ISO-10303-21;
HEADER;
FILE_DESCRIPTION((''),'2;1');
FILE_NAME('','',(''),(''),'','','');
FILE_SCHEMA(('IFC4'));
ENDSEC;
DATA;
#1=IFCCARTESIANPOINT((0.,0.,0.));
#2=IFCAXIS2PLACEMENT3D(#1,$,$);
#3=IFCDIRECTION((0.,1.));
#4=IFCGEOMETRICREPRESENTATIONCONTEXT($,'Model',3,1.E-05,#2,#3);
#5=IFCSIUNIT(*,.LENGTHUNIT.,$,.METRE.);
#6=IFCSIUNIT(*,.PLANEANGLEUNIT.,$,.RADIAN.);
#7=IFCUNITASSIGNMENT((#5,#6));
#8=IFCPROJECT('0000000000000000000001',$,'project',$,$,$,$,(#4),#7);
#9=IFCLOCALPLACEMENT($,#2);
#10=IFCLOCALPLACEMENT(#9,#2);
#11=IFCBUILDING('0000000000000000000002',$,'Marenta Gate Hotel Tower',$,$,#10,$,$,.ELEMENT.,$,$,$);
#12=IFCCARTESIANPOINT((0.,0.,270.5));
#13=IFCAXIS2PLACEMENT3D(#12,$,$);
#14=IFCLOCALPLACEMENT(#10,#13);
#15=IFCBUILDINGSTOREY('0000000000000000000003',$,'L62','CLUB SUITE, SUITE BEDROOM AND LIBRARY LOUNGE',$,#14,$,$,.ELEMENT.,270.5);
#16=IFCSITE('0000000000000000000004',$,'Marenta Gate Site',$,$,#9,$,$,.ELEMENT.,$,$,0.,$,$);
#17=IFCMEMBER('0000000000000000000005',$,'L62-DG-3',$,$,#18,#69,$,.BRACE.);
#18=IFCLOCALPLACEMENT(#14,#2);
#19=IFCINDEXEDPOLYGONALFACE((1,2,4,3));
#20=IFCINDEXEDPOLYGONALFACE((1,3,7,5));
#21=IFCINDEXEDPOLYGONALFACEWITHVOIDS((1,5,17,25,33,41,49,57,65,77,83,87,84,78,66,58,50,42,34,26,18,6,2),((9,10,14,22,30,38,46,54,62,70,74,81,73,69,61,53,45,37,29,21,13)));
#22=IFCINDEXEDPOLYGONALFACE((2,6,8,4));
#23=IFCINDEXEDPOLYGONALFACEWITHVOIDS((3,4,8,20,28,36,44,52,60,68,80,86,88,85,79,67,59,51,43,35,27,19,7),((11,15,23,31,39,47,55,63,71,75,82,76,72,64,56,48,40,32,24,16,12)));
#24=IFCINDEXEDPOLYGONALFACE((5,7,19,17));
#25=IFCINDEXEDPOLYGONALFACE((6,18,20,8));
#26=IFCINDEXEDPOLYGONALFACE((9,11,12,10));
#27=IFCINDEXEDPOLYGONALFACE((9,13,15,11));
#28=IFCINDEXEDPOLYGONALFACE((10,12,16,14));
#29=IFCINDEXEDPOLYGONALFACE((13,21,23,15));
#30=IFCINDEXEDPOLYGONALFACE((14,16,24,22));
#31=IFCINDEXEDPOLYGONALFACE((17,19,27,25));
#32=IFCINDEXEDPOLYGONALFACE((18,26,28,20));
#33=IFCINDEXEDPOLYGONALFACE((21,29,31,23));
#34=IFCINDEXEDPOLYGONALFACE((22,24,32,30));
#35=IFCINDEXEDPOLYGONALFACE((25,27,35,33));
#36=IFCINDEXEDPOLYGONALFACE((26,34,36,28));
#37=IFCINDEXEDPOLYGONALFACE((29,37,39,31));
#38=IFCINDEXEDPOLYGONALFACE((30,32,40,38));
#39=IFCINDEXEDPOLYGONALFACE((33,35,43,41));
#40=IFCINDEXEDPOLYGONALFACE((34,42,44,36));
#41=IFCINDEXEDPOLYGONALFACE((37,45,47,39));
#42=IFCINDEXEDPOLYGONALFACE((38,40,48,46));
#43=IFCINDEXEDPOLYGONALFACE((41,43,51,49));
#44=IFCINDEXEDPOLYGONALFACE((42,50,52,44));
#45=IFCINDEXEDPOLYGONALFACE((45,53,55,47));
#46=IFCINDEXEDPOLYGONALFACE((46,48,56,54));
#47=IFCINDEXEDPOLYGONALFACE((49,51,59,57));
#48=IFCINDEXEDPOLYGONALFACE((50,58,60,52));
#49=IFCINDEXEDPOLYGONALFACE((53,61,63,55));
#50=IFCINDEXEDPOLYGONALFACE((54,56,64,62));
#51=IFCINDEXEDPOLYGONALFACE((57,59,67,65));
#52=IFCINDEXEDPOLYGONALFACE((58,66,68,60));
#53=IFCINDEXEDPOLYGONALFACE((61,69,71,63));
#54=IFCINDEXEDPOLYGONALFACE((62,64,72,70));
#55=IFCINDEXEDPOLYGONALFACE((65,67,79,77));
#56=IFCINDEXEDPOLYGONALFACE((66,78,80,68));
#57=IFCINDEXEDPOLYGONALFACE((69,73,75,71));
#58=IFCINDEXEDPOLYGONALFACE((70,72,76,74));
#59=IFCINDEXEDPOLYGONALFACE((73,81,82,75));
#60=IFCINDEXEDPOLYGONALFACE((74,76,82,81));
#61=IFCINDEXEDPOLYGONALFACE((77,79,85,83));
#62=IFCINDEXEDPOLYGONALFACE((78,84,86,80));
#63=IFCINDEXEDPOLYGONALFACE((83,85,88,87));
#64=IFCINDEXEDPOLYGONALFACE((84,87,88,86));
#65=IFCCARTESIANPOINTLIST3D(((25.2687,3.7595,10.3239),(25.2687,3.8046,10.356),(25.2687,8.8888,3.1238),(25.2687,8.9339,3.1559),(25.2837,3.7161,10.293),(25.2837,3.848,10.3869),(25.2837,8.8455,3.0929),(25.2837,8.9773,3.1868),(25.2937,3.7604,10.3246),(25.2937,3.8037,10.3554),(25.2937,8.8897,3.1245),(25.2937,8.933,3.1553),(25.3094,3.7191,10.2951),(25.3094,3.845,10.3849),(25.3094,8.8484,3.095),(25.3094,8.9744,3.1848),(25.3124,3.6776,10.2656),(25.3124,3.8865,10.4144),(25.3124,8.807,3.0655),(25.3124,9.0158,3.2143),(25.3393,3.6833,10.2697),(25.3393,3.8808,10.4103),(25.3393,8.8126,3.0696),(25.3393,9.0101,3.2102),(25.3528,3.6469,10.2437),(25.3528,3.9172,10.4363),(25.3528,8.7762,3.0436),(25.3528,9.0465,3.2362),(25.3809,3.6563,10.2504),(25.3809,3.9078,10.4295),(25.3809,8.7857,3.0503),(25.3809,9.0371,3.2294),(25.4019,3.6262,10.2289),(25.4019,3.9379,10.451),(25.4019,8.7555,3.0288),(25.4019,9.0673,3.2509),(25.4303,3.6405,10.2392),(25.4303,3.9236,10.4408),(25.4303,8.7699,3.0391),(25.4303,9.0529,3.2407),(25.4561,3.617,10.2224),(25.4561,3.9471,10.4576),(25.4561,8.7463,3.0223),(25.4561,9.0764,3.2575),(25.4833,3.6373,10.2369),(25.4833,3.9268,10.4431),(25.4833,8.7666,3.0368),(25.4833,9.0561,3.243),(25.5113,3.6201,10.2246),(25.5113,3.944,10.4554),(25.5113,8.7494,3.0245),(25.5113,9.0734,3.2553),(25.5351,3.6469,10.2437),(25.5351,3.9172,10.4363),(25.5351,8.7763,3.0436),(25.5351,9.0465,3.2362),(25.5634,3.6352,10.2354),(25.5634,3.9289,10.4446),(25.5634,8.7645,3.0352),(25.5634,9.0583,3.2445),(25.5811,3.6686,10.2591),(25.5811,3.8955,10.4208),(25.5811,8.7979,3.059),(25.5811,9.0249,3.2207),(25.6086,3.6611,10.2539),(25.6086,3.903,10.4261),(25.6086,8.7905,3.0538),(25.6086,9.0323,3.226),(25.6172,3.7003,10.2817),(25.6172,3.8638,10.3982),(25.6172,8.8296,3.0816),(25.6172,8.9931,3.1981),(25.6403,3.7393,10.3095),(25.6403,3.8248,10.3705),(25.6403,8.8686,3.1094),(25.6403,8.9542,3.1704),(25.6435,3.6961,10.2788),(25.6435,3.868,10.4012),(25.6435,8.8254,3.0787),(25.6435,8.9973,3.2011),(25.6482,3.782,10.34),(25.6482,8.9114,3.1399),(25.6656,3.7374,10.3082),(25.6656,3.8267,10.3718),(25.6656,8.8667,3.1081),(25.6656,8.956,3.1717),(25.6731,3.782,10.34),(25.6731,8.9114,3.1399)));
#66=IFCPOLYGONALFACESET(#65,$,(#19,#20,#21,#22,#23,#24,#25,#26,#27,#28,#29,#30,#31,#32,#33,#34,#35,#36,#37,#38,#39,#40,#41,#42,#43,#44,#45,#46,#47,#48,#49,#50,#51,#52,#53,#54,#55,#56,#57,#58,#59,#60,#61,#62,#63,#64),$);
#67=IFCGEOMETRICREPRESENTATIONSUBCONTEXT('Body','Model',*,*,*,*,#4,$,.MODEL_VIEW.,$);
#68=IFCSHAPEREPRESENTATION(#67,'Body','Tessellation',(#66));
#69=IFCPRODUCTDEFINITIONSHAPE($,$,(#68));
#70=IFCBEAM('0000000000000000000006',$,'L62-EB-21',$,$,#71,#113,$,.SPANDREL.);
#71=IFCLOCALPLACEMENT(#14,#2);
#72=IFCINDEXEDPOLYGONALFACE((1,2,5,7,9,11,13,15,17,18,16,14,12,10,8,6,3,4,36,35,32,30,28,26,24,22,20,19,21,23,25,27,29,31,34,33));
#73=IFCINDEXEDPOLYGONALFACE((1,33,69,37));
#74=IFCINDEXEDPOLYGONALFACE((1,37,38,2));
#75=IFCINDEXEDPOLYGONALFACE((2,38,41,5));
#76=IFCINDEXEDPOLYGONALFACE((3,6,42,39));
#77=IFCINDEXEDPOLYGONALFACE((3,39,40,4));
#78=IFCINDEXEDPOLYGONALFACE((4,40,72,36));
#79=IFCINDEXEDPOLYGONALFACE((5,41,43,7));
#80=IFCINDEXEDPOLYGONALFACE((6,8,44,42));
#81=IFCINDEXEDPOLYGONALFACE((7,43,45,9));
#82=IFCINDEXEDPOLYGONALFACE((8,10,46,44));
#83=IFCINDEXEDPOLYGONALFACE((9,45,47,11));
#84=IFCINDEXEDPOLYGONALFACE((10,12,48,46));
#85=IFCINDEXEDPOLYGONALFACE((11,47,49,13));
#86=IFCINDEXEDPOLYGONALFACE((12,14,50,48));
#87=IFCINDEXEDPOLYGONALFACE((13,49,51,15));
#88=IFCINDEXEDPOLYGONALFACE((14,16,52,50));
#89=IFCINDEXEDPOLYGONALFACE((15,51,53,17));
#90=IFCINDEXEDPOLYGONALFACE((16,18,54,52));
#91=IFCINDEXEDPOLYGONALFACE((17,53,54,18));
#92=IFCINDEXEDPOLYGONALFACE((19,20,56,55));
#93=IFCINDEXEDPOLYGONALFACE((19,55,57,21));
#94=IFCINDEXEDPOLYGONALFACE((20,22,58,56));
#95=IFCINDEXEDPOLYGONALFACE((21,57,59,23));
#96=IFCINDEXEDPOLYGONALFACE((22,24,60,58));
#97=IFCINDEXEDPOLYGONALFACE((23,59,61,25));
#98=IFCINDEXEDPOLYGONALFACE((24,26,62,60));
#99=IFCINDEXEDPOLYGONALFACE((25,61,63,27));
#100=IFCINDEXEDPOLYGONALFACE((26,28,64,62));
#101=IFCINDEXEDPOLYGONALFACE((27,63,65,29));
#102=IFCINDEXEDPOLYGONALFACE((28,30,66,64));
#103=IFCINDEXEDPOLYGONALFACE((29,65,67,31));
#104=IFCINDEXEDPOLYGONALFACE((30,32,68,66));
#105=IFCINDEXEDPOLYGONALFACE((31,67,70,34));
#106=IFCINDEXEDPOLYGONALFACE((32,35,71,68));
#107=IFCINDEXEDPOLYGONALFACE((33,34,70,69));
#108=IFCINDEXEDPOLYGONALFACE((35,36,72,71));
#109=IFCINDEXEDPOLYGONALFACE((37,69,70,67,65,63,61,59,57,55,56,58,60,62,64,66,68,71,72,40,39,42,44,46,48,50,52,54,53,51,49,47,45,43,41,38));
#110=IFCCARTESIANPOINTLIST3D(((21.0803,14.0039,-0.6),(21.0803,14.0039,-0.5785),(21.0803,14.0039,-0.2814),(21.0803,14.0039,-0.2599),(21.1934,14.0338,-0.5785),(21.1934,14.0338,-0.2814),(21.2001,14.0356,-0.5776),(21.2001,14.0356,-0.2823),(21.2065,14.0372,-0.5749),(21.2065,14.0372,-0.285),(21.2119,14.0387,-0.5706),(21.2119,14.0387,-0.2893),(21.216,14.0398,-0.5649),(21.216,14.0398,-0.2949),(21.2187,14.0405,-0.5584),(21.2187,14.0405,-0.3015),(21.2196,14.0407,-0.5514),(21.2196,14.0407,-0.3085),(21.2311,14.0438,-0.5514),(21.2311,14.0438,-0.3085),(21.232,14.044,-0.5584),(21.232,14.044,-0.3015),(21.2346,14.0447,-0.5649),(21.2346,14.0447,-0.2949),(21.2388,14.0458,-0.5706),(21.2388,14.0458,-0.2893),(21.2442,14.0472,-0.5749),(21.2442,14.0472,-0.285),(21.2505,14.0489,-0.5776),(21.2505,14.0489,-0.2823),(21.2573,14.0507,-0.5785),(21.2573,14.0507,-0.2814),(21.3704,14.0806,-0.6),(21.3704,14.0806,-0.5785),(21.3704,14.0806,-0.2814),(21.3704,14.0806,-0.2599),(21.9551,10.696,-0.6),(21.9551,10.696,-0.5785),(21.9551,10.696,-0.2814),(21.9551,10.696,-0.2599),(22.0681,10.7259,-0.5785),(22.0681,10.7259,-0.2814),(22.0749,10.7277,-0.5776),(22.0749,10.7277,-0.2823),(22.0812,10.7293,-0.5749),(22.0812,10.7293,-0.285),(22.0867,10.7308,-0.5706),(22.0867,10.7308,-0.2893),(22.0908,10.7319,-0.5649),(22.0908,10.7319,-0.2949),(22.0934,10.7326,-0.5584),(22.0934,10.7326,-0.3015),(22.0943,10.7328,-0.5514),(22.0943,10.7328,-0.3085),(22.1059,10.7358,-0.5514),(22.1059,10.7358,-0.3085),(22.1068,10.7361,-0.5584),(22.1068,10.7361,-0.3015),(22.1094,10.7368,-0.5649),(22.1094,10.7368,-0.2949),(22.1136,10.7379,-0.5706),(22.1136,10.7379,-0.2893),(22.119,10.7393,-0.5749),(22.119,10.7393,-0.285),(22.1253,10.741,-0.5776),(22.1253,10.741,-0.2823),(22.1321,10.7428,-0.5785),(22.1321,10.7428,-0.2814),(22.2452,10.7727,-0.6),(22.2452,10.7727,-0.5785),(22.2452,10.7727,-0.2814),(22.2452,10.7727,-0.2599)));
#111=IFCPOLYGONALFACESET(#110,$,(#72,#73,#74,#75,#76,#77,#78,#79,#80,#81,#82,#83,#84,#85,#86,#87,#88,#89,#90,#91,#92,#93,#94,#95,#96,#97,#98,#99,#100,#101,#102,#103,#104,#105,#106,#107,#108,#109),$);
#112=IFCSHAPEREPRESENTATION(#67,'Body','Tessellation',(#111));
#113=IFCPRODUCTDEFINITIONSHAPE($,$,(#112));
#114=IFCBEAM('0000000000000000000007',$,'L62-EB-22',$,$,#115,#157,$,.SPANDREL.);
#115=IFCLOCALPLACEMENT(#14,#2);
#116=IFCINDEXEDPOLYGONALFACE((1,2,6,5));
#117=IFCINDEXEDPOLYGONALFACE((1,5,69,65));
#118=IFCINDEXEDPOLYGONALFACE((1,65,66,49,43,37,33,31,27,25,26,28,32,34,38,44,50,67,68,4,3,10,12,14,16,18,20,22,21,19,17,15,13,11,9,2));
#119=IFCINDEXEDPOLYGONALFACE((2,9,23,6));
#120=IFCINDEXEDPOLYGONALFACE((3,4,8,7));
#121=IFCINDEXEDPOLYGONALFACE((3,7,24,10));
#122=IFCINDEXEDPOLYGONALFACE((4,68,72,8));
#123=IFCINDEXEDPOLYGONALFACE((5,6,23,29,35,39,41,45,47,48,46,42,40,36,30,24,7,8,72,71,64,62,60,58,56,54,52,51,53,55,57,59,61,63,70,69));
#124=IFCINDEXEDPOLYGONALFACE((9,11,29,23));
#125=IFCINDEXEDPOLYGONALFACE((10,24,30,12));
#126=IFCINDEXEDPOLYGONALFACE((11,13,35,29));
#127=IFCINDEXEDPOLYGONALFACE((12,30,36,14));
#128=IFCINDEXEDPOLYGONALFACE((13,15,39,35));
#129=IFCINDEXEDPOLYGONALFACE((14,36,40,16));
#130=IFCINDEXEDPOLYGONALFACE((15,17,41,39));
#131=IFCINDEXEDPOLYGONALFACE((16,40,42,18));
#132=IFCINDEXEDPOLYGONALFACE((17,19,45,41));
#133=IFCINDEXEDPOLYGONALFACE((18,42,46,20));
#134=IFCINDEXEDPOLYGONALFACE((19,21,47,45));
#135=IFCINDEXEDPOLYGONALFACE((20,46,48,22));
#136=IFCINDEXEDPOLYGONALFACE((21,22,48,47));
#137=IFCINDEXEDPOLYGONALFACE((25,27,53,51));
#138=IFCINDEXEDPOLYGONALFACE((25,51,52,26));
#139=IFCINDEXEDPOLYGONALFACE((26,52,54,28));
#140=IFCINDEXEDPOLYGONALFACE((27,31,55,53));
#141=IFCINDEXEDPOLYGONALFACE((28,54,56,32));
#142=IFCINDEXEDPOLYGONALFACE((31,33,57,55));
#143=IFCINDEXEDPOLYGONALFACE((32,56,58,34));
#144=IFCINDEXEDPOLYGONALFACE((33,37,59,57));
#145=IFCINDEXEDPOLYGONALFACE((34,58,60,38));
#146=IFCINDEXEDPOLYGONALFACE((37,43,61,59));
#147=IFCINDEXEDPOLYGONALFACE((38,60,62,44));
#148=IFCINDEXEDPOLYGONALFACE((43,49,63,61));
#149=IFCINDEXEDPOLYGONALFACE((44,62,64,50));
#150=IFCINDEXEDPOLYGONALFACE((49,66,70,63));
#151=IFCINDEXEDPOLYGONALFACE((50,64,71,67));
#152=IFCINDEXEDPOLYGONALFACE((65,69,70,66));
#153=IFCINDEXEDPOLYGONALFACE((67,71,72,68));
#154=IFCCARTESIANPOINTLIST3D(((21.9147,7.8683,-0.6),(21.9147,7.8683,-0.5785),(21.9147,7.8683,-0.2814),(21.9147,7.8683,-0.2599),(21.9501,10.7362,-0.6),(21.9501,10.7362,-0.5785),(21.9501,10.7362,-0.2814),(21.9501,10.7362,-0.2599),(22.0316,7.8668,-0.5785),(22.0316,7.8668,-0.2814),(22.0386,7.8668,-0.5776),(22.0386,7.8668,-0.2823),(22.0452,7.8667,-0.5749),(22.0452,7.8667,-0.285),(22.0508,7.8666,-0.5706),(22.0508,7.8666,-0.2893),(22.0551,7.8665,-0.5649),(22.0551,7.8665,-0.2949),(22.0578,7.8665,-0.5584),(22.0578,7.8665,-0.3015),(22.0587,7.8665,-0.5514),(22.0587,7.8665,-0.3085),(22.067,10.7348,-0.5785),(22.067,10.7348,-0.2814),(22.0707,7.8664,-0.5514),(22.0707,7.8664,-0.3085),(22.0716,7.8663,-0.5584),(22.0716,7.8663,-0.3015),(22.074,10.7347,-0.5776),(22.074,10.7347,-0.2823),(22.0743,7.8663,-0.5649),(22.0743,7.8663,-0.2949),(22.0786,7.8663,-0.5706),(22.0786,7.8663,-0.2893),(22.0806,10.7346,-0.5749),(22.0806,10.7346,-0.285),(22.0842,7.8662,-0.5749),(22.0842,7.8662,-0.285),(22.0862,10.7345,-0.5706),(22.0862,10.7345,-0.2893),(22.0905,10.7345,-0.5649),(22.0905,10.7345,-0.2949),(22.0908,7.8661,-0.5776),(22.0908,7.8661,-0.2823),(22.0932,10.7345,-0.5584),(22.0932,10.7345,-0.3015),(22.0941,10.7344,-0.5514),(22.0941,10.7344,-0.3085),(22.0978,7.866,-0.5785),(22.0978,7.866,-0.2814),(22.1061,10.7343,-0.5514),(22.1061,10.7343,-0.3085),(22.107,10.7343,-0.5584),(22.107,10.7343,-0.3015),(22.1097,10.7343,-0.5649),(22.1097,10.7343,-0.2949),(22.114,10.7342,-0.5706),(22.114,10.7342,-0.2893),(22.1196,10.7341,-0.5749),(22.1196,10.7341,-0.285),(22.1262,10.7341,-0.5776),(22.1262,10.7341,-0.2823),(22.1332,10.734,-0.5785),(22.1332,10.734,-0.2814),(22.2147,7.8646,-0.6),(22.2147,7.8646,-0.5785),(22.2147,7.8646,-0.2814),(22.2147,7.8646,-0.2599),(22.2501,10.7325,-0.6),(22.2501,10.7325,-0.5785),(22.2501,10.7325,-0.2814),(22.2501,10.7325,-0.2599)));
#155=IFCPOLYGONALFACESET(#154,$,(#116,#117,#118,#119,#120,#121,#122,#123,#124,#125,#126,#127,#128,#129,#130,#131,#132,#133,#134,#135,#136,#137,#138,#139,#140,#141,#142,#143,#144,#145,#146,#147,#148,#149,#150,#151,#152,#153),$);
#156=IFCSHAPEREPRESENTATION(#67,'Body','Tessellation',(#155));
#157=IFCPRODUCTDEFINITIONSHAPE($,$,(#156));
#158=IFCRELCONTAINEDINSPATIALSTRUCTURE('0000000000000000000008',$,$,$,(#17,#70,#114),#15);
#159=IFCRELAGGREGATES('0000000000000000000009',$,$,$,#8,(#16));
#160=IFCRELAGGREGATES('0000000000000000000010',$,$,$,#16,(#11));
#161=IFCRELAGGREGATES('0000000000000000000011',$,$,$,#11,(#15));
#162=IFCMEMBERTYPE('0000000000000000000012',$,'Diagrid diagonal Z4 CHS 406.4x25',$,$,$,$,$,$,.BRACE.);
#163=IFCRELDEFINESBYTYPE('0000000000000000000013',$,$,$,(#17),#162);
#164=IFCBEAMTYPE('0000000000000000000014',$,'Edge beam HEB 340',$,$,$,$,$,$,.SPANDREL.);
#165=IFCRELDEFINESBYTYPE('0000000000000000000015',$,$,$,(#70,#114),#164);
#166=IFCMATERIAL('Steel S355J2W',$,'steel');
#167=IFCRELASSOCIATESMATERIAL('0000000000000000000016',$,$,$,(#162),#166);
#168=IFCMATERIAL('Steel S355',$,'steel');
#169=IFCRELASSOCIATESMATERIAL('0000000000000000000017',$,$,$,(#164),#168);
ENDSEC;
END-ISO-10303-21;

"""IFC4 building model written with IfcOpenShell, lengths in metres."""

from ifc_helpers import new_model, si_unit, direction, frame, origin, origin_2d, place, context, subcontext, project, spatial, hollow_circle, i_section, extrude, material, material_profile, profile_set, type_object, element, save


model = new_model("IFC4")

# Units and contexts
model_context = context("Model", 3, precision=1e-05, world=origin(), true_north=direction((0.0, 1.0)))
body_context = subcontext(model_context, "Body", "Model", "MODEL_VIEW")
ifc_project = project(units=[si_unit("LENGTHUNIT", "METRE"), si_unit("PLANEANGLEUNIT", "RADIAN")], contexts=[model_context])

# Site, building, storey
site_placement = place(None, origin())
site = spatial("IfcSite", under=ifc_project, at=site_placement, Name="Marenta Gate Site", CompositionType="ELEMENT", RefElevation=0.0)
building_placement = place(site_placement, origin())
building = spatial("IfcBuilding", under=site, at=building_placement, Name="Marenta Gate Hotel Tower", CompositionType="ELEMENT")
storey_placement = place(building_placement, frame((0.0, 0.0, 270.5)))
storey = spatial("IfcBuildingStorey", under=building, at=storey_placement, Name="L62", Description="CLUB SUITE, SUITE BEDROOM AND LIBRARY LOUNGE", CompositionType="ELEMENT", Elevation=270.5)

# Member
ifc_material_1 = material(Name="Steel S355J2W", Category="steel")
ifc_material_profile_1 = material_profile(ifc_material_1, hollow_circle(Radius=0.2031, WallThickness=0.0249, at=origin_2d()), Name="CHS 406.4x25")
ifc_profile_set_1 = profile_set([ifc_material_profile_1], Name="Steel S355J2W")
member_type_1 = type_object("IfcMemberType", Name="Diagrid diagonal Z4 CHS 406.4x25", PredefinedType="BRACE", material=ifc_profile_set_1)
for number, where, z_axis, x_axis, name in (
    (1, (25.47, 8.9114, 3.1399), (0.0, -0.580219, 0.814461), (1.0, 0.0, 0.0), "L62-DG-3"),
):
    element("IfcMember", number, at=place(storey_placement, frame(where, z_axis=z_axis, x_axis=x_axis)), inside=storey, type_object=member_type_1, Name=name, PredefinedType="BRACE", context=body_context, shape_type="SweptSolid", body=[
        extrude(hollow_circle(Radius=0.2031, WallThickness=0.0249, at=origin_2d()), origin(), (0.0, 0.0, 1.0), 8.8403),
    ])

# Beams
ifc_material_2 = material(Name="Steel S355", Category="steel")
ifc_material_profile_2 = material_profile(ifc_material_2, i_section(OverallWidth=0.3, OverallDepth=0.3401, WebThickness=0.012, FlangeThickness=0.0215, FilletRadius=0.0271, at=origin_2d()), Name="HEB 340")
ifc_profile_set_2 = profile_set([ifc_material_profile_2], Name="Steel S355")
beam_type = type_object("IfcBeamType", Name="Edge beam HEB 340", PredefinedType="SPANDREL", material=ifc_profile_set_2)
beam_1_placement = place(storey_placement, frame((21.2253, 14.0422, -0.4299), z_axis=(0.255659, -0.966767, 0.0), x_axis=(0.966767, 0.255659, 0.0)))
element("IfcBeam", 2, at=beam_1_placement, inside=storey, type_object=beam_type, Name="L62-EB-21", PredefinedType="SPANDREL", context=body_context, shape_type="SweptSolid", body=[
    extrude(i_section(OverallWidth=0.3, OverallDepth=0.3401, WebThickness=0.012, FlangeThickness=0.0215, FilletRadius=0.0271, at=origin_2d()), origin(), (0.0, 0.0, 1.0), 3.4216),
])
beam_2_placement = place(storey_placement, frame((22.1001, 10.7344, -0.4299), z_axis=(-0.012343, -0.999924, 0.0), x_axis=(0.999924, -0.012343, 0.0)))
element("IfcBeam", 3, at=beam_2_placement, inside=storey, type_object=beam_type, Name="L62-EB-22", PredefinedType="SPANDREL", context=body_context, shape_type="SweptSolid", body=[
    extrude(i_section(OverallWidth=0.3, OverallDepth=0.3401, WebThickness=0.012, FlangeThickness=0.0215, FilletRadius=0.0271, at=origin_2d()), origin(), (0.0, 0.0, 1.0), 2.8682),
])

save(model, "model.ifc")
